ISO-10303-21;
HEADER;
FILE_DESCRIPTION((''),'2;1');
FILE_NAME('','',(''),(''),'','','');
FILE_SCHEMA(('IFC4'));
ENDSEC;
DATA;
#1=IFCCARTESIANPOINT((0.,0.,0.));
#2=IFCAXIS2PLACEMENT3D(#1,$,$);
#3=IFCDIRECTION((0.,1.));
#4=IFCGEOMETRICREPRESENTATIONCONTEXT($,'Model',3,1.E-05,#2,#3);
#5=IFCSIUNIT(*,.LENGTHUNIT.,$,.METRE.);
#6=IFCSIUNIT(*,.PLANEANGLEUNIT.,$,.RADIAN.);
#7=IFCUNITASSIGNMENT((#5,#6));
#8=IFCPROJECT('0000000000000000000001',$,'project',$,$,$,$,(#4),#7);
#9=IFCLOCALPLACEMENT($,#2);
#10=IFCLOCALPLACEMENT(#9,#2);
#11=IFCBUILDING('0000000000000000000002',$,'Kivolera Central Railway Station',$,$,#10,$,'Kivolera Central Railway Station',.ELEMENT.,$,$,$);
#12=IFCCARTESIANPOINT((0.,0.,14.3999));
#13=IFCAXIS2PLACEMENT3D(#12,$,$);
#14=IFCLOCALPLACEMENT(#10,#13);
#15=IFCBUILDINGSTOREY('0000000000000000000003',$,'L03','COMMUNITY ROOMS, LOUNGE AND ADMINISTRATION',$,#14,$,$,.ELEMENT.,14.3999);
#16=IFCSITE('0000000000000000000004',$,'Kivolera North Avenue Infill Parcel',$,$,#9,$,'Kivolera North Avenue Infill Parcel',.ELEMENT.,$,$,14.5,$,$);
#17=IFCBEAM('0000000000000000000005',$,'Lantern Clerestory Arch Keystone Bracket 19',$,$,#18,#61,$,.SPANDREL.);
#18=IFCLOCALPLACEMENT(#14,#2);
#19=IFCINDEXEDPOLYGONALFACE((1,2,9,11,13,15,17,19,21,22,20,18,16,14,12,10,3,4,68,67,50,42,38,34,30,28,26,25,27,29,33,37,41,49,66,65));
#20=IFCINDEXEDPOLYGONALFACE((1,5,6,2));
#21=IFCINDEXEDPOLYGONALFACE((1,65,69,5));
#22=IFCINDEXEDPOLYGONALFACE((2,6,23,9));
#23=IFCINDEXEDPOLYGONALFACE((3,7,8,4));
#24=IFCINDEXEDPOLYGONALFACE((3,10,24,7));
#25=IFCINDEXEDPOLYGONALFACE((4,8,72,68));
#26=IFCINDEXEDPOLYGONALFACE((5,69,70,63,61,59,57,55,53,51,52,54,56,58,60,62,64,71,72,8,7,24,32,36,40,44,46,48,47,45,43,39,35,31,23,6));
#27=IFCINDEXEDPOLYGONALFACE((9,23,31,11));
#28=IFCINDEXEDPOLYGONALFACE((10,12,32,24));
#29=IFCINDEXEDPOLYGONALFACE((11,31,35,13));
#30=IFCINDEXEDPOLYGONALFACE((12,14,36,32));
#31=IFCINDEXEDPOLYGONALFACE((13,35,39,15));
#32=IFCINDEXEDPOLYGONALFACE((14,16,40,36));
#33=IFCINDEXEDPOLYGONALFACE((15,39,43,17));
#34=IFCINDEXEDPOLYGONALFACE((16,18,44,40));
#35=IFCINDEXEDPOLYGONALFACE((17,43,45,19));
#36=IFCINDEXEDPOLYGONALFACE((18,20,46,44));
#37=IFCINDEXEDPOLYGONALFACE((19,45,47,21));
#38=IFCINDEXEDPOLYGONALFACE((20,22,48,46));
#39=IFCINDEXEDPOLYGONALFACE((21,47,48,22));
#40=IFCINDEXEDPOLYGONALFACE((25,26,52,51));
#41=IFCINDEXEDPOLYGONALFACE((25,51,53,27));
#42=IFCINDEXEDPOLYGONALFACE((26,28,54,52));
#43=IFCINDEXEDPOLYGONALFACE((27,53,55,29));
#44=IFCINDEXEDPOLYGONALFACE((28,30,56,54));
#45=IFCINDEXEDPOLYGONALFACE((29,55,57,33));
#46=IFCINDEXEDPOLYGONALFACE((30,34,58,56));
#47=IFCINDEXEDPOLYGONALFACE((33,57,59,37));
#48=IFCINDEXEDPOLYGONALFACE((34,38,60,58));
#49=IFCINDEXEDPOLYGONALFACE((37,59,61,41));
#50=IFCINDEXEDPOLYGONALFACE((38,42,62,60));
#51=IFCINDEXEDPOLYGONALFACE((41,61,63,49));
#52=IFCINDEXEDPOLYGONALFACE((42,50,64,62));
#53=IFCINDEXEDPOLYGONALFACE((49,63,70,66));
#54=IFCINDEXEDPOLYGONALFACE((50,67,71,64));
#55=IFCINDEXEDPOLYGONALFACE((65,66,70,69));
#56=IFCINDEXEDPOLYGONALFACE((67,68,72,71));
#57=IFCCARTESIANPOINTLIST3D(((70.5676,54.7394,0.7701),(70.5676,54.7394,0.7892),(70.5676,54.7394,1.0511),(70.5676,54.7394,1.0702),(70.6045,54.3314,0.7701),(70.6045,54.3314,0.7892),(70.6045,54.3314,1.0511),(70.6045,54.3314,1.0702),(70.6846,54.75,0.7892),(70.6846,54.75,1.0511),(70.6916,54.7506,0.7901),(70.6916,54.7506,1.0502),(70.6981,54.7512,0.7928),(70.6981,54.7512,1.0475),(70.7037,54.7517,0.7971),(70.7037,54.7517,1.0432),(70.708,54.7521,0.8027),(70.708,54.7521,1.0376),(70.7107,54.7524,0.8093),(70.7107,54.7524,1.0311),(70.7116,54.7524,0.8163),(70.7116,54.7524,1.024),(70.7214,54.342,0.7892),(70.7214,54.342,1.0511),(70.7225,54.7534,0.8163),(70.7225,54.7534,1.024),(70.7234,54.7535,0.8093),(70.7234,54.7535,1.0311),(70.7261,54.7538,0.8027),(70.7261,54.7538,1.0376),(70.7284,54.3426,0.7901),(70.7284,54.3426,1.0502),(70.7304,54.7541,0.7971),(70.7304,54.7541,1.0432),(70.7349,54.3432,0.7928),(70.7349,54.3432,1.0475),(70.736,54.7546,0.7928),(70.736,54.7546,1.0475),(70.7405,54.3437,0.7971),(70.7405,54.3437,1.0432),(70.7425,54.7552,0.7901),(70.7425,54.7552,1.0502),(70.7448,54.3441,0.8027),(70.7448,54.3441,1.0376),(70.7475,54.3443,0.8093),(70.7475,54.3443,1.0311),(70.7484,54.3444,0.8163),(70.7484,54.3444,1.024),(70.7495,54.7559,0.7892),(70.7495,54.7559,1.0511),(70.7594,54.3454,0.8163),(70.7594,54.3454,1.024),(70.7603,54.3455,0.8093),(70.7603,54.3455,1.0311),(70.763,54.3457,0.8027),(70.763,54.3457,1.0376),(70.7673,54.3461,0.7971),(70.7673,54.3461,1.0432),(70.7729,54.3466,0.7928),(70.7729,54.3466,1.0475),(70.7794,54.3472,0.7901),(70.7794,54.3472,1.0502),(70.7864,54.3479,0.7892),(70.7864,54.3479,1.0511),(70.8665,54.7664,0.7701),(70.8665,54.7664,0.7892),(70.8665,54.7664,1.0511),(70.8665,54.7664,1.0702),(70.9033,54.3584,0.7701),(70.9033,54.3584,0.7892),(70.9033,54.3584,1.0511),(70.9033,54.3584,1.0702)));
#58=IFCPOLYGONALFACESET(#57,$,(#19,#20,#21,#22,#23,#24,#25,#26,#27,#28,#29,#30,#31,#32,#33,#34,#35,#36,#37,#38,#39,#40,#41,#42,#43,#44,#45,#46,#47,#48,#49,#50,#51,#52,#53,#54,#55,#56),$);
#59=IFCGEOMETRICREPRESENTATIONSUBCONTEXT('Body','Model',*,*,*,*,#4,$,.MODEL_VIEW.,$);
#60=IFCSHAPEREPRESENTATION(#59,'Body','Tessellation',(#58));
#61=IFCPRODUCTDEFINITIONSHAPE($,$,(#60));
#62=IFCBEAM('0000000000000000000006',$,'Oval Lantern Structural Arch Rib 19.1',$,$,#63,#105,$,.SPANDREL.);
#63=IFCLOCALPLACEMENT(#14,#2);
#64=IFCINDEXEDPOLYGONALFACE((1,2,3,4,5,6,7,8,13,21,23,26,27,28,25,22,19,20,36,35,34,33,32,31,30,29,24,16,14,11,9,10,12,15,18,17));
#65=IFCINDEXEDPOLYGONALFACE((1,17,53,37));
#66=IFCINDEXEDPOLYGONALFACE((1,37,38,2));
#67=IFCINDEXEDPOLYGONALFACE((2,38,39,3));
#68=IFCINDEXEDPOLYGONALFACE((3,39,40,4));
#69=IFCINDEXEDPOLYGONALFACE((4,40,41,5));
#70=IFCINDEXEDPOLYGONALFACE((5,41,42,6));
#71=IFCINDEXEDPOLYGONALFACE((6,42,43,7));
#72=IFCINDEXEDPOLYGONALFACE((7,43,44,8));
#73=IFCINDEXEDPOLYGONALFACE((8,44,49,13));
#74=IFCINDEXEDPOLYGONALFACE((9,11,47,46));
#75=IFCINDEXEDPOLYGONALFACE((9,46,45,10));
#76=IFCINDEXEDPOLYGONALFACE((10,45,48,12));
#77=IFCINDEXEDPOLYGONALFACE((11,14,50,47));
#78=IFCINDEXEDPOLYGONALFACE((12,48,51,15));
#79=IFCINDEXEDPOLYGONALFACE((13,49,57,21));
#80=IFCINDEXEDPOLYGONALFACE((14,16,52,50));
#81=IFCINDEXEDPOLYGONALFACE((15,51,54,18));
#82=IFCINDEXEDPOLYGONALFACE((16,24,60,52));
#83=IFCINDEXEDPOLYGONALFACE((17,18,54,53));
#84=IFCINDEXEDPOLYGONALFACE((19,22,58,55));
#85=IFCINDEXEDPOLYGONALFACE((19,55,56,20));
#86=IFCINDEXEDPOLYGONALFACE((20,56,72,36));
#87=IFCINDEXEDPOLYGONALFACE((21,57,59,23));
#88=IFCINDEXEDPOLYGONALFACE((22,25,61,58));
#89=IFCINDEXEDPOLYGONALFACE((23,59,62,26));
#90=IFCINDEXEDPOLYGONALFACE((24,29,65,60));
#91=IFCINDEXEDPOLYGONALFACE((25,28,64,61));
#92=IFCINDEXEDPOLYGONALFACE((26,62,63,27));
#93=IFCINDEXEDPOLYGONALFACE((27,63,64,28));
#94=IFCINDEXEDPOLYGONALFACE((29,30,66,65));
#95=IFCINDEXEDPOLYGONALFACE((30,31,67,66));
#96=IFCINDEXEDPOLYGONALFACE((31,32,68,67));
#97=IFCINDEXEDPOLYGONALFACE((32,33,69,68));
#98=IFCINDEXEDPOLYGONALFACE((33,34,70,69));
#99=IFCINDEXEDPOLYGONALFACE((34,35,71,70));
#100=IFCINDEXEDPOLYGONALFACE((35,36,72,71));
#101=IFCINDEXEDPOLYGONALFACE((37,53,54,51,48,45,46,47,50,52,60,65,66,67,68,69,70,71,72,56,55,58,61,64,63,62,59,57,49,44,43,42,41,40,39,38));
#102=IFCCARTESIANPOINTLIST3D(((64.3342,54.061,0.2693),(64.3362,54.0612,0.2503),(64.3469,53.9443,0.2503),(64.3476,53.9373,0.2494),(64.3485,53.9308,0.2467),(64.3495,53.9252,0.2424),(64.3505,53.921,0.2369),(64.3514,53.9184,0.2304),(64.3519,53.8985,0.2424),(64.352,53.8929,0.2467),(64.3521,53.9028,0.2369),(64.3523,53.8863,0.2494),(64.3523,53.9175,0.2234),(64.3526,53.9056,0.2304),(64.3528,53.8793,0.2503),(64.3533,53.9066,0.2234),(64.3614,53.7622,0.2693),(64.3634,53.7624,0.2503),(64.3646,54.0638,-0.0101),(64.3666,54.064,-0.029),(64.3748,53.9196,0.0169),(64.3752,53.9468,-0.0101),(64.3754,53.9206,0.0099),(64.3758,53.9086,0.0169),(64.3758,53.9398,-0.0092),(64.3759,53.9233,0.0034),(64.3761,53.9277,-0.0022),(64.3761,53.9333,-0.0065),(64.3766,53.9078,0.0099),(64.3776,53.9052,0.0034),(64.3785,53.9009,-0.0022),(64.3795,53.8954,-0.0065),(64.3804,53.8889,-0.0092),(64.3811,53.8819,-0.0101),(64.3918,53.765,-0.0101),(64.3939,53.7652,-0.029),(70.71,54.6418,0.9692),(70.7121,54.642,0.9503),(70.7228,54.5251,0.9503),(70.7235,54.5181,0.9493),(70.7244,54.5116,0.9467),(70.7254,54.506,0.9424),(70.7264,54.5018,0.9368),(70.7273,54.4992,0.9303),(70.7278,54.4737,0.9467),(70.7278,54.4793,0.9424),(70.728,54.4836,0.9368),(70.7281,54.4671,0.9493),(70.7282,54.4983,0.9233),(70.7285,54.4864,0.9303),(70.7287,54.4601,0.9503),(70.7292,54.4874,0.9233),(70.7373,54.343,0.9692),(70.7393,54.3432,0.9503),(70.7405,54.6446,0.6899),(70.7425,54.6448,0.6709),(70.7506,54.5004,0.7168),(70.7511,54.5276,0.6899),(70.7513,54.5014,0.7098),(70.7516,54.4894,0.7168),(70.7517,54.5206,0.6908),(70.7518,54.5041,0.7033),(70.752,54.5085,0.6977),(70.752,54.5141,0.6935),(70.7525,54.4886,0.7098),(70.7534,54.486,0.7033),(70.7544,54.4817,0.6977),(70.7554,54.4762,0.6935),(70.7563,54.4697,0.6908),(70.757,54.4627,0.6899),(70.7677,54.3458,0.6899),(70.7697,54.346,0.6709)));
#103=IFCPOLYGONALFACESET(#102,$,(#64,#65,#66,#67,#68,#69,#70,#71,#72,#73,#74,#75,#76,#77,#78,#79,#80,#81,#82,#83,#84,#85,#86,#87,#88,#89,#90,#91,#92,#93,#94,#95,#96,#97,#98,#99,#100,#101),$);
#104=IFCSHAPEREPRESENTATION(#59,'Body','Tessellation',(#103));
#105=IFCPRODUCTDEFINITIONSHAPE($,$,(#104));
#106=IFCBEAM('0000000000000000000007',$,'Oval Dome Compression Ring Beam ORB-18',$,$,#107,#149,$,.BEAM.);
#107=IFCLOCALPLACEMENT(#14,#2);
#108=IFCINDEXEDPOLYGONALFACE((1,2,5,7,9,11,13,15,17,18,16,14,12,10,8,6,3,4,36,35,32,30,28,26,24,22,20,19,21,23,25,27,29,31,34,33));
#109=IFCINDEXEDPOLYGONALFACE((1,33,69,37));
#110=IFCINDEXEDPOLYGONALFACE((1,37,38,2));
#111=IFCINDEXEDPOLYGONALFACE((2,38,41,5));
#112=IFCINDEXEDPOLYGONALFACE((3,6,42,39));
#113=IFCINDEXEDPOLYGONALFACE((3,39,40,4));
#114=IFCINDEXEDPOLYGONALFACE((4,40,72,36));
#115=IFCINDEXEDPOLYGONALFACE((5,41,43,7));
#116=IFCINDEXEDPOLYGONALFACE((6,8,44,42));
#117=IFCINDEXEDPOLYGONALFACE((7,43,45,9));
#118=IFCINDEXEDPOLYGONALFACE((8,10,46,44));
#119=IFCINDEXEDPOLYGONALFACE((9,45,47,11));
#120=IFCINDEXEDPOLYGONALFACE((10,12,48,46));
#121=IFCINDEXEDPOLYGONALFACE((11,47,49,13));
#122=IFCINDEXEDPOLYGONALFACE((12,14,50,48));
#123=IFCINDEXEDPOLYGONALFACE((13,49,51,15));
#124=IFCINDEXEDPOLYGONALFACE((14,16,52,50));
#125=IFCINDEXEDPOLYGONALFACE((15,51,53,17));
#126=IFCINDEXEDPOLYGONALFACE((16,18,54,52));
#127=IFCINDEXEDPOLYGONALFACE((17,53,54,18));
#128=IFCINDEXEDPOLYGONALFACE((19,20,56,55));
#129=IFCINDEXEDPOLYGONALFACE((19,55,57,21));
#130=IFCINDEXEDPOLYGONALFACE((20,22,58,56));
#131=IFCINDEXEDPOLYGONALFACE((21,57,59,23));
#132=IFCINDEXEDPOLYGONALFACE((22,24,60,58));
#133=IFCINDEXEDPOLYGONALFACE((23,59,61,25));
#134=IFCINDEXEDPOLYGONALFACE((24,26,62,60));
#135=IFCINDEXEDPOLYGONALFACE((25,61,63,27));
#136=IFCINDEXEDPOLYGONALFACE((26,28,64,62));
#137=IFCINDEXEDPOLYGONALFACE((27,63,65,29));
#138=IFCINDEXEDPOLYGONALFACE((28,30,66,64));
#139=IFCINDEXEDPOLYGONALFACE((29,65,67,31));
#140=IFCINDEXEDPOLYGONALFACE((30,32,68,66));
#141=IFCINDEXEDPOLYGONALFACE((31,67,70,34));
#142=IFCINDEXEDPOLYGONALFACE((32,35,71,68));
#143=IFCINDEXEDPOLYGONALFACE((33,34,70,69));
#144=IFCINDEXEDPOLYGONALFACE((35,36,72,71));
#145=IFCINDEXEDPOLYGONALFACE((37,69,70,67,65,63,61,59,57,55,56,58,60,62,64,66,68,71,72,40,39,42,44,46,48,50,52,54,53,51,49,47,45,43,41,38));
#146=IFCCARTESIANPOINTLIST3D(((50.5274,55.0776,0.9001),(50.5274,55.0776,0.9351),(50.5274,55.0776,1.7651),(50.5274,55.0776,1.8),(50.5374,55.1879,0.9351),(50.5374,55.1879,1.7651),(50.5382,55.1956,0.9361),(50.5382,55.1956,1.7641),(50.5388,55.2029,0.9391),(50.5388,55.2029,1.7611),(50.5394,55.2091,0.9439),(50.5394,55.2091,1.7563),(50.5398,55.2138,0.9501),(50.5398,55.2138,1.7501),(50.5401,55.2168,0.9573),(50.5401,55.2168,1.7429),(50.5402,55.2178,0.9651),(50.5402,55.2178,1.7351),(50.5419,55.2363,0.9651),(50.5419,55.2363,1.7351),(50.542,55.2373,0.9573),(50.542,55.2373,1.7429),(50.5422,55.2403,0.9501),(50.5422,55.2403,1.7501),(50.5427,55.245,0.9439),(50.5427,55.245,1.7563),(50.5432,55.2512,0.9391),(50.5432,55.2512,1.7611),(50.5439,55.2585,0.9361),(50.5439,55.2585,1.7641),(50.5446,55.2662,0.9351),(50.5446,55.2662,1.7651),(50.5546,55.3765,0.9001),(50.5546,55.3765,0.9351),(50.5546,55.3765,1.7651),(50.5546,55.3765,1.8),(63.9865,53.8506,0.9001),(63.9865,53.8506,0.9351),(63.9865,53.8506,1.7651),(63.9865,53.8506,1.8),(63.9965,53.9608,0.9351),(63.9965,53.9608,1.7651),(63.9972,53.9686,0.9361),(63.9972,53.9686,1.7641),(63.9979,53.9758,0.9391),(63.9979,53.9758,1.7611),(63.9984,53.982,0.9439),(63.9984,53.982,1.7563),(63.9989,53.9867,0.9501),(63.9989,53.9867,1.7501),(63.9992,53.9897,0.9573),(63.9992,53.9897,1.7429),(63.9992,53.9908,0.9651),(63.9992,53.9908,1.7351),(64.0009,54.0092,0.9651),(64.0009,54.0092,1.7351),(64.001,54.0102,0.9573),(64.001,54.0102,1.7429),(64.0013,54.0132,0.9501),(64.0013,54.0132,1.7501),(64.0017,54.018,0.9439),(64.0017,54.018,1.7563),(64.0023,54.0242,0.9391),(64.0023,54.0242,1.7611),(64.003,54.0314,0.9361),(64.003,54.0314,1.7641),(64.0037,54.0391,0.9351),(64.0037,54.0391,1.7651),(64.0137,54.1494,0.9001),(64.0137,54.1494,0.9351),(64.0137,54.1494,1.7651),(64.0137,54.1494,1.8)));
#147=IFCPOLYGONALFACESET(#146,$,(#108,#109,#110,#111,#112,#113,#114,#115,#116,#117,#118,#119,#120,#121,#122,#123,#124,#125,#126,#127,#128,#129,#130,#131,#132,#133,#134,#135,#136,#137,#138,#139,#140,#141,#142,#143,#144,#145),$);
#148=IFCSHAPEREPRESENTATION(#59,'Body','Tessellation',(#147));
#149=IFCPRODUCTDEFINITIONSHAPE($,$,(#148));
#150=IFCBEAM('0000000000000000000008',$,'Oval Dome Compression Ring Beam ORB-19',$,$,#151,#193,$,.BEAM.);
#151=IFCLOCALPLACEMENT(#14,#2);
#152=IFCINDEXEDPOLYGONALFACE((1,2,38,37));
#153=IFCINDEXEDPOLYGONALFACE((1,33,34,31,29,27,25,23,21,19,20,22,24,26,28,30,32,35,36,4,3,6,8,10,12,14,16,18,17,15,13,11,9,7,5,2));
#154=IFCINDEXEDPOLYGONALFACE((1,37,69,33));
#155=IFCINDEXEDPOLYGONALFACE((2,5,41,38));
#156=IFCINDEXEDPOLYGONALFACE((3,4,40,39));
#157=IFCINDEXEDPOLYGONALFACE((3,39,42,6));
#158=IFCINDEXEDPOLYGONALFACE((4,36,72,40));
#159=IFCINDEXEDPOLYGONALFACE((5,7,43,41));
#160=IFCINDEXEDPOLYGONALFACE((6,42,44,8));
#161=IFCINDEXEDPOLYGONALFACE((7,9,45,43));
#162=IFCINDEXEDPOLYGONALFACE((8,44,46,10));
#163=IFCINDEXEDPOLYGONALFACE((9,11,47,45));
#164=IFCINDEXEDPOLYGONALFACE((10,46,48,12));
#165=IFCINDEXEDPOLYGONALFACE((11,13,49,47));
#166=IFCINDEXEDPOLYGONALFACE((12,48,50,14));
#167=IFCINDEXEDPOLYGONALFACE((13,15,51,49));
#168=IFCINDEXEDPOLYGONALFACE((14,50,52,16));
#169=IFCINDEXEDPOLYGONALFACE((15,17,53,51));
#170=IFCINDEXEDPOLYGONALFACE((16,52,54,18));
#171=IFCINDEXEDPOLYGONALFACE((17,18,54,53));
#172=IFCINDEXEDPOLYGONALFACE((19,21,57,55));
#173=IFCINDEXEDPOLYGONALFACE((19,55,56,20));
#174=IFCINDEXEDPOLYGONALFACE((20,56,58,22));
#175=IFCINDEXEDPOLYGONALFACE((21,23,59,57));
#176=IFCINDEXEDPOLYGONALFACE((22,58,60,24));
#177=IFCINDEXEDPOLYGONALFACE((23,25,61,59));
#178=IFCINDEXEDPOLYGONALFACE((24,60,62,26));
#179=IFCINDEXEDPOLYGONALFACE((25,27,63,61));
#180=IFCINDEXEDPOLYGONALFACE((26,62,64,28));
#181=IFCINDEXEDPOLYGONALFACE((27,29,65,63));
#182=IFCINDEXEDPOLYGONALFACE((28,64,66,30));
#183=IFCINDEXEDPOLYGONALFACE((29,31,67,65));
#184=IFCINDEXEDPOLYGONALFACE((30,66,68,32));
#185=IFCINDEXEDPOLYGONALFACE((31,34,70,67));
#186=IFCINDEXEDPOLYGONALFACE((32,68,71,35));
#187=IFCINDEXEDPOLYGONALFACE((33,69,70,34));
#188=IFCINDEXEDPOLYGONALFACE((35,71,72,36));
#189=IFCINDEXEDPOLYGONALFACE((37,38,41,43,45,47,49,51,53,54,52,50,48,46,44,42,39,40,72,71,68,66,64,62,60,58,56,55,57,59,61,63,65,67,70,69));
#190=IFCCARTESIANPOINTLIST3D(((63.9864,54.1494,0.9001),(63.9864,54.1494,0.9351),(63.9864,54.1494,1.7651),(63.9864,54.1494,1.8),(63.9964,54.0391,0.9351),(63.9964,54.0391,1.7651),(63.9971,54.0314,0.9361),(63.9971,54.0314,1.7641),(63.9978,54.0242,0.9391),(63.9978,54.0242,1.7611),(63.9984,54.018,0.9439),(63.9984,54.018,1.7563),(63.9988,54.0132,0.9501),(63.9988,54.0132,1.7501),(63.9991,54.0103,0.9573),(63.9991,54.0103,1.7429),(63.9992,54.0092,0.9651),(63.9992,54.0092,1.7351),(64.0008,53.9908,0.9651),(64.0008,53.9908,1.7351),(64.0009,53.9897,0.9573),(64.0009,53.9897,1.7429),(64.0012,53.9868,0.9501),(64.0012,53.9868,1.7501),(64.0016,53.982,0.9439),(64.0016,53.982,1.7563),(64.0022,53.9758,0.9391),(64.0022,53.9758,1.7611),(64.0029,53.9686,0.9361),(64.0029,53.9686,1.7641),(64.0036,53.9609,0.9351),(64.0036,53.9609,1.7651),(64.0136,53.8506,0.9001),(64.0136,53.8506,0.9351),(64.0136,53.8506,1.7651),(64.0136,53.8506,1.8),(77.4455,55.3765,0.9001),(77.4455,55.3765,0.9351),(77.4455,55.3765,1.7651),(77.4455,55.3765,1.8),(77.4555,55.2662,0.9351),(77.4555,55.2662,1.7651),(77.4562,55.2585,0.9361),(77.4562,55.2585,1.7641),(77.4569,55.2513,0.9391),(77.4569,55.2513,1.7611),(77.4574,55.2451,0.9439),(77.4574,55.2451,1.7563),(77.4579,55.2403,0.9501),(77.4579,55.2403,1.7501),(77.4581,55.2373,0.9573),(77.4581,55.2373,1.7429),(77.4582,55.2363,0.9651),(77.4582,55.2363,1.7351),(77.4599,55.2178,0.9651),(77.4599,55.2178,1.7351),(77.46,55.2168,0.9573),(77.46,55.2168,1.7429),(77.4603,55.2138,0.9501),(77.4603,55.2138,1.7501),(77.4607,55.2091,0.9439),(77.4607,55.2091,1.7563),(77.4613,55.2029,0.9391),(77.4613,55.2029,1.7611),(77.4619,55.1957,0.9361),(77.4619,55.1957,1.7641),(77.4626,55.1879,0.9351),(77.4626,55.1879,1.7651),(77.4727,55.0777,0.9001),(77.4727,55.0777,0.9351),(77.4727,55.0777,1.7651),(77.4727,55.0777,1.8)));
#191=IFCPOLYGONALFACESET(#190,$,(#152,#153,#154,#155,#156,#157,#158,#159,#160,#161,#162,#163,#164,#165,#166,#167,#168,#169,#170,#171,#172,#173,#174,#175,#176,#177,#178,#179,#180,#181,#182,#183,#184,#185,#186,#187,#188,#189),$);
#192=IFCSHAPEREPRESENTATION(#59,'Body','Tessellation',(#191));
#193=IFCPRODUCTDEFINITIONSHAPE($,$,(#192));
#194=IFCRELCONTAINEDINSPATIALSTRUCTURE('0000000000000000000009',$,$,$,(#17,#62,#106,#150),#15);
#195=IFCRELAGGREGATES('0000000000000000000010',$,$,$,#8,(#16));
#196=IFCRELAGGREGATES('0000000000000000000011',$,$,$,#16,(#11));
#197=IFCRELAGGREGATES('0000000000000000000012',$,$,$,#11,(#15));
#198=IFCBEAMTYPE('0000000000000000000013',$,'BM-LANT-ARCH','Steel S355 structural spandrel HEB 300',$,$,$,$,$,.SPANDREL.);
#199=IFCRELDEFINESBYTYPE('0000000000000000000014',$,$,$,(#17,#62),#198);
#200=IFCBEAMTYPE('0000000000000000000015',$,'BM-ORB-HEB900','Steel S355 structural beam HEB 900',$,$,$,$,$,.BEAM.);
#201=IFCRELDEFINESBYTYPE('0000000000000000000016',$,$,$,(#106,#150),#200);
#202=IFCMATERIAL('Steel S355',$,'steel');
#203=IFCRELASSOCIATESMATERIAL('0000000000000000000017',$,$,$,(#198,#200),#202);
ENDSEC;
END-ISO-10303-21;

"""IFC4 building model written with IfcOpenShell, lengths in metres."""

from ifc_helpers import new_model, si_unit, direction, frame, origin, origin_2d, place, context, subcontext, project, spatial, i_section, extrude, material, material_profile, profile_set, type_object, element, save


model = new_model("IFC4")

# Units and contexts
model_context = context("Model", 3, precision=1e-05, world=origin(), true_north=direction((0.0, 1.0)))
body_context = subcontext(model_context, "Body", "Model", "MODEL_VIEW")
ifc_project = project(units=[si_unit("LENGTHUNIT", "METRE"), si_unit("PLANEANGLEUNIT", "RADIAN")], contexts=[model_context])

# Site, building, storey
site_placement = place(None, origin())
site = spatial("IfcSite", under=ifc_project, at=site_placement, Name="Kivolera North Avenue Infill Parcel", LongName="Kivolera North Avenue Infill Parcel", CompositionType="ELEMENT", RefElevation=14.5)
building_placement = place(site_placement, origin())
building = spatial("IfcBuilding", under=site, at=building_placement, Name="Kivolera Central Railway Station", LongName="Kivolera Central Railway Station", CompositionType="ELEMENT")
storey_placement = place(building_placement, frame((0.0, 0.0, 14.3999)))
storey = spatial("IfcBuildingStorey", under=building, at=storey_placement, Name="L03", Description="COMMUNITY ROOMS, LOUNGE AND ADMINISTRATION", CompositionType="ELEMENT", Elevation=14.3999)

# Beams
ifc_material_1 = material(Name="Steel S355", Category="steel")
ifc_material_profile_1 = material_profile(ifc_material_1, i_section(OverallWidth=0.3, OverallDepth=0.3, WebThickness=0.011, FlangeThickness=0.019, FilletRadius=0.0271, at=origin_2d()), Name="HEB 300")
ifc_profile_set_1 = profile_set([ifc_material_profile_1], Name="Steel S355")
beam_type_1 = type_object("IfcBeamType", Name="BM-LANT-ARCH", Description="Steel S355 structural spandrel HEB 300", PredefinedType="SPANDREL", material=ifc_profile_set_1)
beam_1_placement = place(storey_placement, frame((70.717, 54.7529, 0.9202), z_axis=(0.089998, -0.995942, 0.0), x_axis=(0.995942, 0.089998, 0.0)))
element("IfcBeam", 1, at=beam_1_placement, inside=storey, type_object=beam_type_1, Name="Lantern Clerestory Arch Keystone Bracket 19", PredefinedType="SPANDREL", context=body_context, shape_type="SweptSolid", body=[
    extrude(i_section(OverallWidth=0.3, OverallDepth=0.3, WebThickness=0.011, FlangeThickness=0.019, FilletRadius=0.0271, at=origin_2d()), origin(), (0.0, 0.0, 1.0), 0.4097),
])
beam_2_placement = place(storey_placement, frame((64.364, 53.9131, 0.1201), z_axis=(0.989978, 0.090181, 0.108679), x_axis=(-0.090718, 0.995877, 0.0)))
element("IfcBeam", 2, at=beam_2_placement, inside=storey, type_object=beam_type_1, Name="Oval Lantern Structural Arch Rib 19.1", PredefinedType="SPANDREL", context=body_context, shape_type="SweptSolid", body=[
    extrude(i_section(OverallWidth=0.3, OverallDepth=0.3, WebThickness=0.011, FlangeThickness=0.019, FilletRadius=0.0271, at=origin_2d()), origin(), (0.0, 0.0, 1.0), 6.4404),
])
ifc_material_profile_2 = material_profile(ifc_material_1, i_section(OverallWidth=0.3, OverallDepth=0.8999, WebThickness=0.0186, FlangeThickness=0.0349, FilletRadius=0.03, at=origin_2d()), Name="HEB 900")
ifc_profile_set_2 = profile_set([ifc_material_profile_2], Name="Steel S355")
beam_type_2 = type_object("IfcBeamType", Name="BM-ORB-HEB900", Description="Steel S355 structural beam HEB 900", PredefinedType="BEAM", material=ifc_profile_set_2)
for number, where, z_axis, x_axis, name in (
    (3, (50.541, 55.2271, 1.3501), (0.99587, -0.090793, 0.0), (0.090793, 0.99587, 0.0), "Oval Dome Compression Ring Beam ORB-18"),
    (4, (64.0, 54.0, 1.3501), (0.99587, 0.090793, 0.0), (-0.090793, 0.99587, 0.0), "Oval Dome Compression Ring Beam ORB-19"),
):
    element("IfcBeam", number, at=place(storey_placement, frame(where, z_axis=z_axis, x_axis=x_axis)), inside=storey, type_object=beam_type_2, Name=name, PredefinedType="BEAM", context=body_context, shape_type="SweptSolid", body=[
        extrude(i_section(OverallWidth=0.3, OverallDepth=0.8999, WebThickness=0.0186, FlangeThickness=0.0349, FilletRadius=0.03, at=origin_2d()), origin(), (0.0, 0.0, 1.0), 13.5149),
    ])

save(model, "model.ifc")
